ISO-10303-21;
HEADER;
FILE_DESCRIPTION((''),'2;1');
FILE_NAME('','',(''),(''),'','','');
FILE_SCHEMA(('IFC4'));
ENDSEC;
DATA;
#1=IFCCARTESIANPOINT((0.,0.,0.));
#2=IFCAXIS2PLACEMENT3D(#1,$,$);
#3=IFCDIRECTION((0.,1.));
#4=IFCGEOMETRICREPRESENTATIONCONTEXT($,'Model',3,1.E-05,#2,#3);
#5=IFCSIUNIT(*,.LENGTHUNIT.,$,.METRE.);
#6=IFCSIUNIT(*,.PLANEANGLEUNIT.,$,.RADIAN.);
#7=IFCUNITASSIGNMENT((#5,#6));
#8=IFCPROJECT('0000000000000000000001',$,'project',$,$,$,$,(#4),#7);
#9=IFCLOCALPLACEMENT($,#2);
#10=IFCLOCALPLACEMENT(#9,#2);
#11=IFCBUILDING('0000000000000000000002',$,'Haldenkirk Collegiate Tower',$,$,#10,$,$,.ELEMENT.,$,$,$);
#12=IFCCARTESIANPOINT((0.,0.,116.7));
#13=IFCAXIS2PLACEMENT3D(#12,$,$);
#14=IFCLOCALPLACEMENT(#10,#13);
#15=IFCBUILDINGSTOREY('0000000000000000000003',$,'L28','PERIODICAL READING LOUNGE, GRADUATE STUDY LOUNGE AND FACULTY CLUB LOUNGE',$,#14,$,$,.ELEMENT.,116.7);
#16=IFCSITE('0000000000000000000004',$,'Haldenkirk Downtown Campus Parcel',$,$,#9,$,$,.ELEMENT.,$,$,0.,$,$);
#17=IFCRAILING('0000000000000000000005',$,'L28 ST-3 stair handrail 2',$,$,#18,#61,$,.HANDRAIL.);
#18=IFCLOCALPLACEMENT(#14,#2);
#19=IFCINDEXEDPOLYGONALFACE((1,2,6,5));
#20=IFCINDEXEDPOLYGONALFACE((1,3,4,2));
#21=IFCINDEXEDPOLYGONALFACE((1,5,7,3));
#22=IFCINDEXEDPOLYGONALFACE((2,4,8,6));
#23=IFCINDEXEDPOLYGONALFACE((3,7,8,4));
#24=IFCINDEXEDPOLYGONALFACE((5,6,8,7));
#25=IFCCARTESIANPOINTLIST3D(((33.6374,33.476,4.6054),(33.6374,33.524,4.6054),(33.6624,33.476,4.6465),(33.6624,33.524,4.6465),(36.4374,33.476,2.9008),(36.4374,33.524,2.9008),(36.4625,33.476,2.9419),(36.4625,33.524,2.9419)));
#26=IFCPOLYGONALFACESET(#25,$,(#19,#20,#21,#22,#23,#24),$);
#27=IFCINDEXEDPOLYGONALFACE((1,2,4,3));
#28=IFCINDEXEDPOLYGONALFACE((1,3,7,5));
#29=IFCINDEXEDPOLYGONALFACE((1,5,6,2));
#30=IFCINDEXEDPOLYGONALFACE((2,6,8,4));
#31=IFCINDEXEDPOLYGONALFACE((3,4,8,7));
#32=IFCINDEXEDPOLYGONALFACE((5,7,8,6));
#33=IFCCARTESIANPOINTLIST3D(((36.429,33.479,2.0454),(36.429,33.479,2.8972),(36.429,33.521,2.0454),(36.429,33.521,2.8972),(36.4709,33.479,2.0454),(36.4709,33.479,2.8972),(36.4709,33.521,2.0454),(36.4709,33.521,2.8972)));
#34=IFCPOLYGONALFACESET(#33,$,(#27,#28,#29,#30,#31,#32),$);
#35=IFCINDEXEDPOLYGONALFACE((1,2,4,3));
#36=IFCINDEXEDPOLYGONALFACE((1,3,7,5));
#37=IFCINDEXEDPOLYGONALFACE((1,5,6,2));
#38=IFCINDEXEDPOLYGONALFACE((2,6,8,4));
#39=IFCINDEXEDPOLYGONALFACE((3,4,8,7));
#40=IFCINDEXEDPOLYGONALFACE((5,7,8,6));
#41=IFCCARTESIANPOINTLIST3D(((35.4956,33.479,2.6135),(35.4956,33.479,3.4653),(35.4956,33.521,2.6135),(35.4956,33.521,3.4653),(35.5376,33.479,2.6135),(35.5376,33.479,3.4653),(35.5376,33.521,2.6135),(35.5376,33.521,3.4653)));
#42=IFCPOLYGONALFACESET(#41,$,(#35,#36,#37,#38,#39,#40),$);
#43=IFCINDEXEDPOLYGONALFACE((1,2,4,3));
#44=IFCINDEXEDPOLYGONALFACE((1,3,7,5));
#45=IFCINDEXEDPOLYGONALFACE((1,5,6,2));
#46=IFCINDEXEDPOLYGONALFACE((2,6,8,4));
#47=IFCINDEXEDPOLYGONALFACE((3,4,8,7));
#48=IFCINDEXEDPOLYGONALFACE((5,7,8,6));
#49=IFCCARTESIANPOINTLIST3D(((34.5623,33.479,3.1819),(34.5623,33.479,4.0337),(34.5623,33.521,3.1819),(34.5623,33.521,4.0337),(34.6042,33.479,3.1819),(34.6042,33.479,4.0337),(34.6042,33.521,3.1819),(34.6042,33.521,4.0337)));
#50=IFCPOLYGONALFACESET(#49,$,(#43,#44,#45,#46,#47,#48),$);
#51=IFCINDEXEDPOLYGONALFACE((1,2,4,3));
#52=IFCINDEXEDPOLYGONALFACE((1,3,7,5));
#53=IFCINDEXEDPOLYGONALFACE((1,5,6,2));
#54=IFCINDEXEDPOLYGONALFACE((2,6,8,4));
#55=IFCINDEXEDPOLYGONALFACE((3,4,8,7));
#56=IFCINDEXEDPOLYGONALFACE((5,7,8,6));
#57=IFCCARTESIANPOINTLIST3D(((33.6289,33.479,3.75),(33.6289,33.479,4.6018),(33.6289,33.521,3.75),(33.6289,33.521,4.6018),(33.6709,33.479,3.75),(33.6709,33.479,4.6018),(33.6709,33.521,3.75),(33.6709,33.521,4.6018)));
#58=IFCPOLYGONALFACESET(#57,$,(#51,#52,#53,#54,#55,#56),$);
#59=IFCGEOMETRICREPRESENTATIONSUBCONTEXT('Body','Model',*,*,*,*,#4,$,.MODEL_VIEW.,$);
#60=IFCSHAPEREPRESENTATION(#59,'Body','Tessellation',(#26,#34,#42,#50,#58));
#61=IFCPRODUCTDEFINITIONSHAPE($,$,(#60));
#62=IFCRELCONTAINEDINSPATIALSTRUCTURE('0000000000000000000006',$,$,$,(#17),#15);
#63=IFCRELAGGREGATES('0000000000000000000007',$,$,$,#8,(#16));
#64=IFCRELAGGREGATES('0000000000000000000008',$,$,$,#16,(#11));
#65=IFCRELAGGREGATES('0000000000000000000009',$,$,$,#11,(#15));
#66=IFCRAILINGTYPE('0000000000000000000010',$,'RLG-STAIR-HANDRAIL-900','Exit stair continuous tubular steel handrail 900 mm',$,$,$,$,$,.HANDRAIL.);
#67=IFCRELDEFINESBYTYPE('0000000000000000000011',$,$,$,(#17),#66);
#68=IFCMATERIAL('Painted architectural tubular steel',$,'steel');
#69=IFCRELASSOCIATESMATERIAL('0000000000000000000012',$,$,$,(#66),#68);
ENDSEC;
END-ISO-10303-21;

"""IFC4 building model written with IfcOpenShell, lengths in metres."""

from ifc_helpers import new_model, si_unit, direction, frame, origin, origin_2d, place, context, subcontext, project, spatial, rectangle, extrude, material, type_object, element, save


model = new_model("IFC4")

# Units and contexts
model_context = context("Model", 3, precision=1e-05, world=origin(), true_north=direction((0.0, 1.0)))
body_context = subcontext(model_context, "Body", "Model", "MODEL_VIEW")
ifc_project = project(units=[si_unit("LENGTHUNIT", "METRE"), si_unit("PLANEANGLEUNIT", "RADIAN")], contexts=[model_context])

# Site, building, storey
site_placement = place(None, origin())
site = spatial("IfcSite", under=ifc_project, at=site_placement, Name="Haldenkirk Downtown Campus Parcel", CompositionType="ELEMENT", RefElevation=0.0)
building_placement = place(site_placement, origin())
building = spatial("IfcBuilding", under=site, at=building_placement, Name="Haldenkirk Collegiate Tower", CompositionType="ELEMENT")
storey_placement = place(building_placement, frame((0.0, 0.0, 116.7)))
storey = spatial("IfcBuildingStorey", under=building, at=storey_placement, Name="L28", Description="PERIODICAL READING LOUNGE, GRADUATE STUDY LOUNGE AND FACULTY CLUB LOUNGE", CompositionType="ELEMENT", Elevation=116.7)

# Railing
ifc_material_1 = material(Name="Painted architectural tubular steel", Category="steel")
railing_type_1 = type_object("IfcRailingType", Name="RLG-STAIR-HANDRAIL-900", Description="Exit stair continuous tubular steel handrail 900 mm", PredefinedType="HANDRAIL", material=ifc_material_1)
railing_1_placement = place(storey_placement, frame((36.45, 33.5, 2.0454)))
element("IfcRailing", 1, at=railing_1_placement, inside=storey, type_object=railing_type_1, Name="L28 ST-3 stair handrail 2", PredefinedType="HANDRAIL", context=body_context, shape_type="SweptSolid", body=[
    extrude(rectangle(XDim=0.0481, YDim=0.0481, at=origin_2d()), frame((0.0, 0.0, 0.876), z_axis=(-0.85417, 0.0, 0.519994), x_axis=(0.0, -1.0, 0.0)), (0.0, 0.0, 1.0), 3.2781),
    extrude(rectangle(XDim=0.042, YDim=0.042, at=origin_2d()), origin(), (0.0, 0.0, 1.0), 0.8518),
    extrude(rectangle(XDim=0.042, YDim=0.042, at=origin_2d()), frame((-0.9333, 0.0, 0.5681)), (0.0, 0.0, 1.0), 0.8518),
    extrude(rectangle(XDim=0.042, YDim=0.042, at=origin_2d()), frame((-1.8667, 0.0, 1.1365)), (0.0, 0.0, 1.0), 0.8518),
    extrude(rectangle(XDim=0.042, YDim=0.042, at=origin_2d()), frame((-2.8, 0.0, 1.7046)), (0.0, 0.0, 1.0), 0.8518),
])

save(model, "model.ifc")
